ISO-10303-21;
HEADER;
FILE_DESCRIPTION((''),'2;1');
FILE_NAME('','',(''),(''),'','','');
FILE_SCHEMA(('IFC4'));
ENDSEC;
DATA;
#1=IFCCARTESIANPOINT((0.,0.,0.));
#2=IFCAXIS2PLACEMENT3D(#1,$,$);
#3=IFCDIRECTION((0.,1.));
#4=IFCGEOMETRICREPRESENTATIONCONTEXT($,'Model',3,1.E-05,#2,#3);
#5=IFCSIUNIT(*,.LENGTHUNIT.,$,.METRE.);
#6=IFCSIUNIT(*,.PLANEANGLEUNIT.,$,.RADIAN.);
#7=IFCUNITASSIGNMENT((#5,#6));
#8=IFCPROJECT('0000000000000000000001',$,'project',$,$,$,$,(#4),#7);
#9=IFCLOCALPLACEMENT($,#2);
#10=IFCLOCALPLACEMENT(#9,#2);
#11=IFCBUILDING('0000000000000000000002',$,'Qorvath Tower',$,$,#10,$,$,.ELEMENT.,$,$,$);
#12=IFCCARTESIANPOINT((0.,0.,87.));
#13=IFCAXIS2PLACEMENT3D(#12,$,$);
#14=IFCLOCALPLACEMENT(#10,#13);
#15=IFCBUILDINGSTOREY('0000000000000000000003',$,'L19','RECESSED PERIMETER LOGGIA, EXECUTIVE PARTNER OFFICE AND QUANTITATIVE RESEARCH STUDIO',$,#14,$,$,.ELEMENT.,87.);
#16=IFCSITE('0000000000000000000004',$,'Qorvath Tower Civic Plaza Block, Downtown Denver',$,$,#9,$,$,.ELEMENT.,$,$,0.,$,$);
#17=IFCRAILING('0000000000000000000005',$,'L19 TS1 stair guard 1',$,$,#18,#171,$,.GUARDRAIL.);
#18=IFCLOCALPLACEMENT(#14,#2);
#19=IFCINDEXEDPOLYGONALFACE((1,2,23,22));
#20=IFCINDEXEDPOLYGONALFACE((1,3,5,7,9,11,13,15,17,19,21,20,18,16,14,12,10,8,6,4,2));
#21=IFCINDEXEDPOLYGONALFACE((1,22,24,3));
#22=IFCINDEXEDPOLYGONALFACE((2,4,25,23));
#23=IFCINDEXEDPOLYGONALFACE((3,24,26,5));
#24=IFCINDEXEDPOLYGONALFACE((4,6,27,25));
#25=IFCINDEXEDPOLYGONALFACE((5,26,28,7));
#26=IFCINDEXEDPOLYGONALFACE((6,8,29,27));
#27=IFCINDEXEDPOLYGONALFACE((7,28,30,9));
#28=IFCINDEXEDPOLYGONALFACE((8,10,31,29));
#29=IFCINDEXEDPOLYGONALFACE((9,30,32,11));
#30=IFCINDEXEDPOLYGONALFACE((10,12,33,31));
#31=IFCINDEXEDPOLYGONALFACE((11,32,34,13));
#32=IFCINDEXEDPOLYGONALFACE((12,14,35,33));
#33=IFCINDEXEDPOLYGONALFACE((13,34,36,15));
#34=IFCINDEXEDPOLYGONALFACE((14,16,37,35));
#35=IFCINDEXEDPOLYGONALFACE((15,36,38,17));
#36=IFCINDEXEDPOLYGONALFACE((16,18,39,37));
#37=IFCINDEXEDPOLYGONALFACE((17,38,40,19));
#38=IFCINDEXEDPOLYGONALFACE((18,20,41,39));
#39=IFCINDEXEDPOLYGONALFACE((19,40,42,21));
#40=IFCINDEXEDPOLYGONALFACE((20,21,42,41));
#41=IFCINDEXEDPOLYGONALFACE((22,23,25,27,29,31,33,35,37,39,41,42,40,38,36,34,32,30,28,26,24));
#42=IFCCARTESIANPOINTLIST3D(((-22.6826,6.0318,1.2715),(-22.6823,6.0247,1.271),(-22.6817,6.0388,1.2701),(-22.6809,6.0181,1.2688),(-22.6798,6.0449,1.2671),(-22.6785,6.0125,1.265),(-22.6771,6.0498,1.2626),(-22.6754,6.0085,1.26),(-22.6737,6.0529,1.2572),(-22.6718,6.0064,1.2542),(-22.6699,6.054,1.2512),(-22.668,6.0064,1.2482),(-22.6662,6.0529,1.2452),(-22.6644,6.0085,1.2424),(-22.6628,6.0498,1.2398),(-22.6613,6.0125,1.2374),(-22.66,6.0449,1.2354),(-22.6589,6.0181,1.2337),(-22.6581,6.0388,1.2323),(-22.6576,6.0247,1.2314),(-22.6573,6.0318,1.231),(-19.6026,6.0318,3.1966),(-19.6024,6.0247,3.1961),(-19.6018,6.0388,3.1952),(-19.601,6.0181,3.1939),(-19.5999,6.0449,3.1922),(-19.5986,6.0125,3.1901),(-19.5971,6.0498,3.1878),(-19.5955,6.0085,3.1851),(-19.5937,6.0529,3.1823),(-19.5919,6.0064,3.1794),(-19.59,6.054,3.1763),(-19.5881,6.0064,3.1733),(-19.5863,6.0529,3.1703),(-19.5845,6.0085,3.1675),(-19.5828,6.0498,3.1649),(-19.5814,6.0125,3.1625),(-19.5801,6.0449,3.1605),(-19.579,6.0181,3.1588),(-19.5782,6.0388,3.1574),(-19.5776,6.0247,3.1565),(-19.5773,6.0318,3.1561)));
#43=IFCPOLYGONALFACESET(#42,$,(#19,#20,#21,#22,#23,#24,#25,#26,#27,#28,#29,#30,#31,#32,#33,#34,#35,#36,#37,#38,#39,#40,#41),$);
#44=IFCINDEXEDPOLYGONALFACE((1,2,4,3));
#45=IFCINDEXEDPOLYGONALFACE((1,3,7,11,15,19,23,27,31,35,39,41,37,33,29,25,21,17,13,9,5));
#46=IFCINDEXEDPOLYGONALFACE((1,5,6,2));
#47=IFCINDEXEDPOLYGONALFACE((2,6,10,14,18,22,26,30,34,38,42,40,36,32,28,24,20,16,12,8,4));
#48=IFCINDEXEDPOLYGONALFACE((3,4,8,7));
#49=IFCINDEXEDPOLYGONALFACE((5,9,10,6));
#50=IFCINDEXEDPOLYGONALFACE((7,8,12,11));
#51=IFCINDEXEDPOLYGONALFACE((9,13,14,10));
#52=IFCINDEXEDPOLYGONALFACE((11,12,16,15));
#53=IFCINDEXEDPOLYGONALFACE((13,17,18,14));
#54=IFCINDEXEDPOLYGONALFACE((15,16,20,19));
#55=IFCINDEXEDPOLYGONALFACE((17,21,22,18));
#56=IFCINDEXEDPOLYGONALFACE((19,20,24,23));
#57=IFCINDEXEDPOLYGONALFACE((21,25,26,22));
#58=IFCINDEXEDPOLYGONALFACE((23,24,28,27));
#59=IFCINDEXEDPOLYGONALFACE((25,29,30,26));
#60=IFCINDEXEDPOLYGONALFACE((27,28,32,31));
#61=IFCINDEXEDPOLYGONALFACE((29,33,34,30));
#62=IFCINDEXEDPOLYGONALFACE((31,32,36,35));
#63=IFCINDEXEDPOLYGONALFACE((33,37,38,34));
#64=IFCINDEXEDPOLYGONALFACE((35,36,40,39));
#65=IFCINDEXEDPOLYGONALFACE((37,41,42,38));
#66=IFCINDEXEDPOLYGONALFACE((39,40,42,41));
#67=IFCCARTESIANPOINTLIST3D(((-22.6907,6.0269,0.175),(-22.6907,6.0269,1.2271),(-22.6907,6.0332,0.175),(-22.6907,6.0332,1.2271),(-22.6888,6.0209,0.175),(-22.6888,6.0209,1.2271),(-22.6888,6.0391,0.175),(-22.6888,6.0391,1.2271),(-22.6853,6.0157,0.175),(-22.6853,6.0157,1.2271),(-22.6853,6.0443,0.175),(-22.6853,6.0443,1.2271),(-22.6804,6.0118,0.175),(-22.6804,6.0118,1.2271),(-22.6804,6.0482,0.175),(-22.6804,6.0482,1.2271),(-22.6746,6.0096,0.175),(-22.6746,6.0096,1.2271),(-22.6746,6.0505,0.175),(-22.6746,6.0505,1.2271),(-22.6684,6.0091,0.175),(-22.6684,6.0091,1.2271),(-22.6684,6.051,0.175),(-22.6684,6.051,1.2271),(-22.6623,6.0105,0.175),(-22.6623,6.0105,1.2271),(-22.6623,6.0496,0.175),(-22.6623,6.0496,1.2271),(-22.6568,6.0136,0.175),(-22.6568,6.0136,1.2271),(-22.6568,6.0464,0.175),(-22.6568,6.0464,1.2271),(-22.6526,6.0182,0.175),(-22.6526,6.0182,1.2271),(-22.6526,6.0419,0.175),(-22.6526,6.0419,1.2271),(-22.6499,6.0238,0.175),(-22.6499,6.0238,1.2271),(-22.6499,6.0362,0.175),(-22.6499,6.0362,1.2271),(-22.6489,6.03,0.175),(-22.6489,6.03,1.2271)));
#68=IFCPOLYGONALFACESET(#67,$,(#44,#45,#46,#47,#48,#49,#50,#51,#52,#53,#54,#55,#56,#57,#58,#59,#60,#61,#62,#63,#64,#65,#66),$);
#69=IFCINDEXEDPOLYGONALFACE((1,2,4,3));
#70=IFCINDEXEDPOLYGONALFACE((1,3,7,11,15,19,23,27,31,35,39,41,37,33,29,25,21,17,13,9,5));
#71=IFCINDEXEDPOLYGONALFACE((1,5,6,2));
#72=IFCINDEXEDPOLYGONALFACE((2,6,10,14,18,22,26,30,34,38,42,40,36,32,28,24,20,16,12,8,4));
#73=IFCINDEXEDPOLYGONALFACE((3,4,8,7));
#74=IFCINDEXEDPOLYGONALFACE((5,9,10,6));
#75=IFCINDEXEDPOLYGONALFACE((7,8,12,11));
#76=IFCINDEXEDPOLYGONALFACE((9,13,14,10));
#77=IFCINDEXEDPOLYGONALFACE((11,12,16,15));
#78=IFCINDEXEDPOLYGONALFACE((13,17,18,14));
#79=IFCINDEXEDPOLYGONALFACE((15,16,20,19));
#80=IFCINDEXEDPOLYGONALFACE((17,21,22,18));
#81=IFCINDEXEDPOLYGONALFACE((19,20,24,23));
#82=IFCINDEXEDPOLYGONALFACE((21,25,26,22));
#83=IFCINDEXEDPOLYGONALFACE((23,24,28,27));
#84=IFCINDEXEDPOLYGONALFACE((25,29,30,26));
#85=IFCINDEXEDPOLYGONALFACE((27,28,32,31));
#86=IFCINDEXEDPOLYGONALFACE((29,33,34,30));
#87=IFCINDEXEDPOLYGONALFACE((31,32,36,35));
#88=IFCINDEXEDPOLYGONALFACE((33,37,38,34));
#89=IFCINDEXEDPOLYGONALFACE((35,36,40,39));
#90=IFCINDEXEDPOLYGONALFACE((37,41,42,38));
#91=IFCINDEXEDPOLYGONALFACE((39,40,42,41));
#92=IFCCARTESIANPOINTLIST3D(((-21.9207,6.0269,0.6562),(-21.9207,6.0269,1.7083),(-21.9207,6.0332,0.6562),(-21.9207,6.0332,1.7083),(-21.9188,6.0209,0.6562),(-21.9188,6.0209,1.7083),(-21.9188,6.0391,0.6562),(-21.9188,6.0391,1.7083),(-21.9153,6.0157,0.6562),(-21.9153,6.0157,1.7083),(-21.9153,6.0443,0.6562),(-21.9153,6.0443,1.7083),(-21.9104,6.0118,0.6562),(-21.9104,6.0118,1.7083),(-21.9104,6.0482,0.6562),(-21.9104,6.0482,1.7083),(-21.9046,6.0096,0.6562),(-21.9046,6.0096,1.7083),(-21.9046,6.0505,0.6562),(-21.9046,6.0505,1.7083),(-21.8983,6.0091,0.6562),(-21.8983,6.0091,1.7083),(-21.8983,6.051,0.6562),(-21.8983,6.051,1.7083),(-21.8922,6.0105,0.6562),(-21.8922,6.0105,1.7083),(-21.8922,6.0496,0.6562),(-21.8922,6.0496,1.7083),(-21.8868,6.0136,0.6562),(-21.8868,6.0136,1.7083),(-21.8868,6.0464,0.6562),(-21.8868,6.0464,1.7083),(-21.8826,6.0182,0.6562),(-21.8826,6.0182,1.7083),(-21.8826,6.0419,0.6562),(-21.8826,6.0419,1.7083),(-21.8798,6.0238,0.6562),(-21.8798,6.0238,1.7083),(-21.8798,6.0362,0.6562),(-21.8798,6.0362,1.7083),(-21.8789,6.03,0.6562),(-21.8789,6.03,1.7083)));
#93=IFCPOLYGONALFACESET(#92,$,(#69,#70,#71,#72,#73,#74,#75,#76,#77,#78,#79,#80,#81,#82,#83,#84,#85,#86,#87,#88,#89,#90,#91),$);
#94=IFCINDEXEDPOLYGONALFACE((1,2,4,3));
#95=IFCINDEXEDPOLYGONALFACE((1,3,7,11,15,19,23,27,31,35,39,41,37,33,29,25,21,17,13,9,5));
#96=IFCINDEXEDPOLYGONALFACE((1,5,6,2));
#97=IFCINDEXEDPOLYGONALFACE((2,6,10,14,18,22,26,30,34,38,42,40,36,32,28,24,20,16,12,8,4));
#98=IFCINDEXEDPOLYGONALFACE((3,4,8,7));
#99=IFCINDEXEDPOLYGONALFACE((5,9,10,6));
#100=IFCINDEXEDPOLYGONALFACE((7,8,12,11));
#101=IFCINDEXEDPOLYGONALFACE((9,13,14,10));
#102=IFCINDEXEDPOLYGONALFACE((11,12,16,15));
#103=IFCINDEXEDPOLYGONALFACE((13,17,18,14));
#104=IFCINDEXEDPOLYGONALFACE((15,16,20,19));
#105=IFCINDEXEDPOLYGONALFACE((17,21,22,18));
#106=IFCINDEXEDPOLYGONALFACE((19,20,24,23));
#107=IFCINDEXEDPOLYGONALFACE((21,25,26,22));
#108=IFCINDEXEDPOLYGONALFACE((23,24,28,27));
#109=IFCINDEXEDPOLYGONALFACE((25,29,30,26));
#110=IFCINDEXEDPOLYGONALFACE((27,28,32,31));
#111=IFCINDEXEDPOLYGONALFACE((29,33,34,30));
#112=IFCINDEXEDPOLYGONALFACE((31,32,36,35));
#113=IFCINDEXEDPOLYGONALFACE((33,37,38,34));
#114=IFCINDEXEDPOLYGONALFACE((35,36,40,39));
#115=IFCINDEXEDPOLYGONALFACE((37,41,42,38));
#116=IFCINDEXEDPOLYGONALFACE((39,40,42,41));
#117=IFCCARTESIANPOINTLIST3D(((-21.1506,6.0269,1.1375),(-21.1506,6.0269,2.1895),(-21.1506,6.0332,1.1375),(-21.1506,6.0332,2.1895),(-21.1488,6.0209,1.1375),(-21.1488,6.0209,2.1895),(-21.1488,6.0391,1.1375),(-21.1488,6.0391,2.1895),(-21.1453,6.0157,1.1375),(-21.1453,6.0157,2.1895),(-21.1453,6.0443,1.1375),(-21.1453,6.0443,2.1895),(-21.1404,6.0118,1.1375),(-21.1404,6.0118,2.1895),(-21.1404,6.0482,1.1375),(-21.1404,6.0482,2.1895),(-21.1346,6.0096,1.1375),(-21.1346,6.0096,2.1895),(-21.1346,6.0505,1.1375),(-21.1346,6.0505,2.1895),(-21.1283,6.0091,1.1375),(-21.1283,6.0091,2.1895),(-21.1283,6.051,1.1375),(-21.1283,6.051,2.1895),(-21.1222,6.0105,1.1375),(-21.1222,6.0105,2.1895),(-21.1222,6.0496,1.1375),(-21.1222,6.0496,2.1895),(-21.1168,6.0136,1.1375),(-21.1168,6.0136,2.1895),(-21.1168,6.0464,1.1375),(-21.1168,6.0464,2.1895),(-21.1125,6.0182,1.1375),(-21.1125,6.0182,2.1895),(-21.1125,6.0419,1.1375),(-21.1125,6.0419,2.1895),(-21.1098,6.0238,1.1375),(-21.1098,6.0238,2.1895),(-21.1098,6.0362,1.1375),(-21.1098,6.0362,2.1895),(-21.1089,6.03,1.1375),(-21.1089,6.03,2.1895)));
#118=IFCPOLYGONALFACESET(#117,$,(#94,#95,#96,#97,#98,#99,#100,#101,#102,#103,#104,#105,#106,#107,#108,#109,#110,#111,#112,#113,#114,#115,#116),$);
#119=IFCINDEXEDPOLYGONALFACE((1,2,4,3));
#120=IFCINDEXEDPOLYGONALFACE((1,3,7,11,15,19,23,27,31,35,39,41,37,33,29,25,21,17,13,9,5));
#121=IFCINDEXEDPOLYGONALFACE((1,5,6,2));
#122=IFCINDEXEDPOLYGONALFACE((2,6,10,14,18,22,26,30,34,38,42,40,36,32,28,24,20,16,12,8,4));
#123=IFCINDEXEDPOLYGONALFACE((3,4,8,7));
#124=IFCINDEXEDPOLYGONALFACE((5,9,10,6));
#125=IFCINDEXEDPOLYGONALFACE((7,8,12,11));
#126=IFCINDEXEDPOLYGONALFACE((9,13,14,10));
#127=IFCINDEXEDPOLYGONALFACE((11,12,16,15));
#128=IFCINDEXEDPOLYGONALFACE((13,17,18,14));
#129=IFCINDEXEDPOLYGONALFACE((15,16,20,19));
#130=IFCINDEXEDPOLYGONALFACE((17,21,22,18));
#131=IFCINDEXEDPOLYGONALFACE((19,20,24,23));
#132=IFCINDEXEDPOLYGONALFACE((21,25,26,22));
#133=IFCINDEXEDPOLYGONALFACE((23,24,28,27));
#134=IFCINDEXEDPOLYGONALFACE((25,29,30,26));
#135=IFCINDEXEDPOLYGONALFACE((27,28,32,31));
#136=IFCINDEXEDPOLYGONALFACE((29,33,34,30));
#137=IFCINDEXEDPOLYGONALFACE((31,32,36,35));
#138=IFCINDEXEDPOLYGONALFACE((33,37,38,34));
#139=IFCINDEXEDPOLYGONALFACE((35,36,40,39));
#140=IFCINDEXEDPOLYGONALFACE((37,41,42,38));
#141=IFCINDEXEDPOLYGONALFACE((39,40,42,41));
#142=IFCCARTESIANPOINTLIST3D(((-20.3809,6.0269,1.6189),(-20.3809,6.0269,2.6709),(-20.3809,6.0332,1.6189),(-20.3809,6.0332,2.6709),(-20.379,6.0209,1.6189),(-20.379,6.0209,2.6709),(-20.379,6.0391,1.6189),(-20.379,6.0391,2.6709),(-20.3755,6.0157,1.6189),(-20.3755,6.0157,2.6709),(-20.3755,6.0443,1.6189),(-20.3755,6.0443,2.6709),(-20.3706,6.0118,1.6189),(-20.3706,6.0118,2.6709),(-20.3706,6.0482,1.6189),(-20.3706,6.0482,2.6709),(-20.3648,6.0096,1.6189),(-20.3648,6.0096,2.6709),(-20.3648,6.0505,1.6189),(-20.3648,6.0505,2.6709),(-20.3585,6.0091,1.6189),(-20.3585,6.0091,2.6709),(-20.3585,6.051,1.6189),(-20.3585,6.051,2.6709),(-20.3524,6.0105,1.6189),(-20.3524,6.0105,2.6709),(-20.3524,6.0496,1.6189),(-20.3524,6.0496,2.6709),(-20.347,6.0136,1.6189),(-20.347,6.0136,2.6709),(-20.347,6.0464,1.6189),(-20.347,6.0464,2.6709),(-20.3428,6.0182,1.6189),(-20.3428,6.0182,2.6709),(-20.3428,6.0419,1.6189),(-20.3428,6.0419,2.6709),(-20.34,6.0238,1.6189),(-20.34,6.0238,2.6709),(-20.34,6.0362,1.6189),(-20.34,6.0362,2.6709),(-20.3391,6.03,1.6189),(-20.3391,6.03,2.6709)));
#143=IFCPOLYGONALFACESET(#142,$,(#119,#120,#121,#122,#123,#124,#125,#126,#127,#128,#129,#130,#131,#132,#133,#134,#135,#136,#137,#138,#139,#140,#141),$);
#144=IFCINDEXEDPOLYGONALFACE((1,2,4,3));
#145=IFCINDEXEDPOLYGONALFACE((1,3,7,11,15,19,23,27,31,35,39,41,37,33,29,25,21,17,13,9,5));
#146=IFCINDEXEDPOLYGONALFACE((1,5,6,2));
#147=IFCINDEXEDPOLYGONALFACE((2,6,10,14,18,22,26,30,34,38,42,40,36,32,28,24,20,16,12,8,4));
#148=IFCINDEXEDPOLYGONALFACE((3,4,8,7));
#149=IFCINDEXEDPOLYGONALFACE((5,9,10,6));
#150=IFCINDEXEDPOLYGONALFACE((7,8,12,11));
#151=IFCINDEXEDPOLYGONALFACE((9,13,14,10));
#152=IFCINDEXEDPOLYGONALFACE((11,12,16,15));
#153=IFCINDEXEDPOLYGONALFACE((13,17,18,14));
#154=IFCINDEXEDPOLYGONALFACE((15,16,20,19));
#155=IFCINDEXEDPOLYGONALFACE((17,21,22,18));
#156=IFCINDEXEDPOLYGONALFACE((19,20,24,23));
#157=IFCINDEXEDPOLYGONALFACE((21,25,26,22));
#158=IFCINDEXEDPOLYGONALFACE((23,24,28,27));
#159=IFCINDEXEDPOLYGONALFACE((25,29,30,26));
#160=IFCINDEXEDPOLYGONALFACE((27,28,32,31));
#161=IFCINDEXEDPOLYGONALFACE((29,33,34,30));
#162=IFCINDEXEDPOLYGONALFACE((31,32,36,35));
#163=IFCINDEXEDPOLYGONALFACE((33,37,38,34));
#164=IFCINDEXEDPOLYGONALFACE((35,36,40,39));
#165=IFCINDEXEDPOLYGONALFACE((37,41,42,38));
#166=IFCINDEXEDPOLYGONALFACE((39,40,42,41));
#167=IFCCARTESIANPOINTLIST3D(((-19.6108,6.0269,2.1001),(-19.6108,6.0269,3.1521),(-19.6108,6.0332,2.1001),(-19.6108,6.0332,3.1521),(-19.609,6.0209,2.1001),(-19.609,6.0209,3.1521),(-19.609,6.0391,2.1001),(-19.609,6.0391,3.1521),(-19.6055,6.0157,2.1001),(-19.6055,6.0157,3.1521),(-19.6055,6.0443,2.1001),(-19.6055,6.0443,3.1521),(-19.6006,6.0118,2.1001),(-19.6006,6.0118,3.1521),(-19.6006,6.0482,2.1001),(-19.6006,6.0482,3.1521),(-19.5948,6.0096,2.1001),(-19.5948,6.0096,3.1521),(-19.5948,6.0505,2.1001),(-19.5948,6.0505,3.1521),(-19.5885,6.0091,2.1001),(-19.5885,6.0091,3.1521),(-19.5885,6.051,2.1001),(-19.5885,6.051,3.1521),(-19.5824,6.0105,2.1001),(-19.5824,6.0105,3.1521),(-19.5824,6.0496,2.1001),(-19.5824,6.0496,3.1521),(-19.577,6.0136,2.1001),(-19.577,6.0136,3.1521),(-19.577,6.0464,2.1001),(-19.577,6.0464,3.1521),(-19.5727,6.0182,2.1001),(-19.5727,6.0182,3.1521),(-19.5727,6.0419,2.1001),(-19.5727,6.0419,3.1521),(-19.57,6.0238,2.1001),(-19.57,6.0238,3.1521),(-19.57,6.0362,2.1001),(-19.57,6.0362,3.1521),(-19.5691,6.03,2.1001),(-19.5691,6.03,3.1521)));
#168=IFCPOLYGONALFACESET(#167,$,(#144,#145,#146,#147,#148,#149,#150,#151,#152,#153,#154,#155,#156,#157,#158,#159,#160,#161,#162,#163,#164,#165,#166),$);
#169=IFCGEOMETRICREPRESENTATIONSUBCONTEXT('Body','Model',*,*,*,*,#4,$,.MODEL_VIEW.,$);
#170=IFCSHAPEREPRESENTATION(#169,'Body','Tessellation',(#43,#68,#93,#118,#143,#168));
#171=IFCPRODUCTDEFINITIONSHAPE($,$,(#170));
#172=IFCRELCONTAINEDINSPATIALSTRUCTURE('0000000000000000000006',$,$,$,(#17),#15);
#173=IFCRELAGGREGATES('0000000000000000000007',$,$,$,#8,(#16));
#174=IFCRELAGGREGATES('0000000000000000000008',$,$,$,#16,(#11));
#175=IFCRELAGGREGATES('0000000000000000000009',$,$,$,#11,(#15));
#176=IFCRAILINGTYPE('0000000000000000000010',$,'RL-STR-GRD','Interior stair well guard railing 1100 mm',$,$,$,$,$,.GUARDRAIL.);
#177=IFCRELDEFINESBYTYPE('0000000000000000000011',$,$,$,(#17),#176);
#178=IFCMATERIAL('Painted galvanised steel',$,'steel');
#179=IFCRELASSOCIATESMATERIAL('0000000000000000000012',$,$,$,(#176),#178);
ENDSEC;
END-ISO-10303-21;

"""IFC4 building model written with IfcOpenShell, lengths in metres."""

from ifc_helpers import new_model, si_unit, direction, frame, origin, origin_2d, place, context, subcontext, project, spatial, circle, extrude, material, type_object, element, save


model = new_model("IFC4")

# Units and contexts
model_context = context("Model", 3, precision=1e-05, world=origin(), true_north=direction((0.0, 1.0)))
body_context = subcontext(model_context, "Body", "Model", "MODEL_VIEW")
ifc_project = project(units=[si_unit("LENGTHUNIT", "METRE"), si_unit("PLANEANGLEUNIT", "RADIAN")], contexts=[model_context])

# Site, building, storey
site_placement = place(None, origin())
site = spatial("IfcSite", under=ifc_project, at=site_placement, Name="Qorvath Tower Civic Plaza Block, Downtown Denver", CompositionType="ELEMENT", RefElevation=0.0)
building_placement = place(site_placement, origin())
building = spatial("IfcBuilding", under=site, at=building_placement, Name="Qorvath Tower", CompositionType="ELEMENT")
storey_placement = place(building_placement, frame((0.0, 0.0, 87.0)))
storey = spatial("IfcBuildingStorey", under=building, at=storey_placement, Name="L19", Description="RECESSED PERIMETER LOGGIA, EXECUTIVE PARTNER OFFICE AND QUANTITATIVE RESEARCH STUDIO", CompositionType="ELEMENT", Elevation=87.0)

# Railing
ifc_material_1 = material(Name="Painted galvanised steel", Category="steel")
railing_type_1 = type_object("IfcRailingType", Name="RL-STR-GRD", Description="Interior stair well guard railing 1100 mm", PredefinedType="GUARDRAIL", material=ifc_material_1)
railing_1_placement = place(storey_placement, frame((-22.6699, 6.03, 0.175)))
element("IfcRailing", 1, at=railing_1_placement, inside=storey, type_object=railing_type_1, Name="L19 TS1 stair guard 1", PredefinedType="GUARDRAIL", context=body_context, shape_type="SweptSolid", body=[
    extrude(circle(Radius=0.0239, at=origin_2d()), frame((0.0, 0.0, 1.0762), z_axis=(0.847979, 0.0, 0.530029), x_axis=(0.0, 1.0, 0.0)), (0.0, 0.0, 1.0), 3.6321),
    extrude(circle(Radius=0.021, at=origin_2d()), origin(), (0.0, 0.0, 1.0), 1.052),
    extrude(circle(Radius=0.021, at=origin_2d()), frame((0.77, 0.0, 0.4812)), (0.0, 0.0, 1.0), 1.052),
    extrude(circle(Radius=0.021, at=origin_2d()), frame((1.54, 0.0, 0.9624)), (0.0, 0.0, 1.0), 1.052),
    extrude(circle(Radius=0.021, at=origin_2d()), frame((2.3098, 0.0, 1.4438)), (0.0, 0.0, 1.0), 1.052),
    extrude(circle(Radius=0.021, at=origin_2d()), frame((3.0798, 0.0, 1.925)), (0.0, 0.0, 1.0), 1.052),
])

save(model, "model.ifc")
